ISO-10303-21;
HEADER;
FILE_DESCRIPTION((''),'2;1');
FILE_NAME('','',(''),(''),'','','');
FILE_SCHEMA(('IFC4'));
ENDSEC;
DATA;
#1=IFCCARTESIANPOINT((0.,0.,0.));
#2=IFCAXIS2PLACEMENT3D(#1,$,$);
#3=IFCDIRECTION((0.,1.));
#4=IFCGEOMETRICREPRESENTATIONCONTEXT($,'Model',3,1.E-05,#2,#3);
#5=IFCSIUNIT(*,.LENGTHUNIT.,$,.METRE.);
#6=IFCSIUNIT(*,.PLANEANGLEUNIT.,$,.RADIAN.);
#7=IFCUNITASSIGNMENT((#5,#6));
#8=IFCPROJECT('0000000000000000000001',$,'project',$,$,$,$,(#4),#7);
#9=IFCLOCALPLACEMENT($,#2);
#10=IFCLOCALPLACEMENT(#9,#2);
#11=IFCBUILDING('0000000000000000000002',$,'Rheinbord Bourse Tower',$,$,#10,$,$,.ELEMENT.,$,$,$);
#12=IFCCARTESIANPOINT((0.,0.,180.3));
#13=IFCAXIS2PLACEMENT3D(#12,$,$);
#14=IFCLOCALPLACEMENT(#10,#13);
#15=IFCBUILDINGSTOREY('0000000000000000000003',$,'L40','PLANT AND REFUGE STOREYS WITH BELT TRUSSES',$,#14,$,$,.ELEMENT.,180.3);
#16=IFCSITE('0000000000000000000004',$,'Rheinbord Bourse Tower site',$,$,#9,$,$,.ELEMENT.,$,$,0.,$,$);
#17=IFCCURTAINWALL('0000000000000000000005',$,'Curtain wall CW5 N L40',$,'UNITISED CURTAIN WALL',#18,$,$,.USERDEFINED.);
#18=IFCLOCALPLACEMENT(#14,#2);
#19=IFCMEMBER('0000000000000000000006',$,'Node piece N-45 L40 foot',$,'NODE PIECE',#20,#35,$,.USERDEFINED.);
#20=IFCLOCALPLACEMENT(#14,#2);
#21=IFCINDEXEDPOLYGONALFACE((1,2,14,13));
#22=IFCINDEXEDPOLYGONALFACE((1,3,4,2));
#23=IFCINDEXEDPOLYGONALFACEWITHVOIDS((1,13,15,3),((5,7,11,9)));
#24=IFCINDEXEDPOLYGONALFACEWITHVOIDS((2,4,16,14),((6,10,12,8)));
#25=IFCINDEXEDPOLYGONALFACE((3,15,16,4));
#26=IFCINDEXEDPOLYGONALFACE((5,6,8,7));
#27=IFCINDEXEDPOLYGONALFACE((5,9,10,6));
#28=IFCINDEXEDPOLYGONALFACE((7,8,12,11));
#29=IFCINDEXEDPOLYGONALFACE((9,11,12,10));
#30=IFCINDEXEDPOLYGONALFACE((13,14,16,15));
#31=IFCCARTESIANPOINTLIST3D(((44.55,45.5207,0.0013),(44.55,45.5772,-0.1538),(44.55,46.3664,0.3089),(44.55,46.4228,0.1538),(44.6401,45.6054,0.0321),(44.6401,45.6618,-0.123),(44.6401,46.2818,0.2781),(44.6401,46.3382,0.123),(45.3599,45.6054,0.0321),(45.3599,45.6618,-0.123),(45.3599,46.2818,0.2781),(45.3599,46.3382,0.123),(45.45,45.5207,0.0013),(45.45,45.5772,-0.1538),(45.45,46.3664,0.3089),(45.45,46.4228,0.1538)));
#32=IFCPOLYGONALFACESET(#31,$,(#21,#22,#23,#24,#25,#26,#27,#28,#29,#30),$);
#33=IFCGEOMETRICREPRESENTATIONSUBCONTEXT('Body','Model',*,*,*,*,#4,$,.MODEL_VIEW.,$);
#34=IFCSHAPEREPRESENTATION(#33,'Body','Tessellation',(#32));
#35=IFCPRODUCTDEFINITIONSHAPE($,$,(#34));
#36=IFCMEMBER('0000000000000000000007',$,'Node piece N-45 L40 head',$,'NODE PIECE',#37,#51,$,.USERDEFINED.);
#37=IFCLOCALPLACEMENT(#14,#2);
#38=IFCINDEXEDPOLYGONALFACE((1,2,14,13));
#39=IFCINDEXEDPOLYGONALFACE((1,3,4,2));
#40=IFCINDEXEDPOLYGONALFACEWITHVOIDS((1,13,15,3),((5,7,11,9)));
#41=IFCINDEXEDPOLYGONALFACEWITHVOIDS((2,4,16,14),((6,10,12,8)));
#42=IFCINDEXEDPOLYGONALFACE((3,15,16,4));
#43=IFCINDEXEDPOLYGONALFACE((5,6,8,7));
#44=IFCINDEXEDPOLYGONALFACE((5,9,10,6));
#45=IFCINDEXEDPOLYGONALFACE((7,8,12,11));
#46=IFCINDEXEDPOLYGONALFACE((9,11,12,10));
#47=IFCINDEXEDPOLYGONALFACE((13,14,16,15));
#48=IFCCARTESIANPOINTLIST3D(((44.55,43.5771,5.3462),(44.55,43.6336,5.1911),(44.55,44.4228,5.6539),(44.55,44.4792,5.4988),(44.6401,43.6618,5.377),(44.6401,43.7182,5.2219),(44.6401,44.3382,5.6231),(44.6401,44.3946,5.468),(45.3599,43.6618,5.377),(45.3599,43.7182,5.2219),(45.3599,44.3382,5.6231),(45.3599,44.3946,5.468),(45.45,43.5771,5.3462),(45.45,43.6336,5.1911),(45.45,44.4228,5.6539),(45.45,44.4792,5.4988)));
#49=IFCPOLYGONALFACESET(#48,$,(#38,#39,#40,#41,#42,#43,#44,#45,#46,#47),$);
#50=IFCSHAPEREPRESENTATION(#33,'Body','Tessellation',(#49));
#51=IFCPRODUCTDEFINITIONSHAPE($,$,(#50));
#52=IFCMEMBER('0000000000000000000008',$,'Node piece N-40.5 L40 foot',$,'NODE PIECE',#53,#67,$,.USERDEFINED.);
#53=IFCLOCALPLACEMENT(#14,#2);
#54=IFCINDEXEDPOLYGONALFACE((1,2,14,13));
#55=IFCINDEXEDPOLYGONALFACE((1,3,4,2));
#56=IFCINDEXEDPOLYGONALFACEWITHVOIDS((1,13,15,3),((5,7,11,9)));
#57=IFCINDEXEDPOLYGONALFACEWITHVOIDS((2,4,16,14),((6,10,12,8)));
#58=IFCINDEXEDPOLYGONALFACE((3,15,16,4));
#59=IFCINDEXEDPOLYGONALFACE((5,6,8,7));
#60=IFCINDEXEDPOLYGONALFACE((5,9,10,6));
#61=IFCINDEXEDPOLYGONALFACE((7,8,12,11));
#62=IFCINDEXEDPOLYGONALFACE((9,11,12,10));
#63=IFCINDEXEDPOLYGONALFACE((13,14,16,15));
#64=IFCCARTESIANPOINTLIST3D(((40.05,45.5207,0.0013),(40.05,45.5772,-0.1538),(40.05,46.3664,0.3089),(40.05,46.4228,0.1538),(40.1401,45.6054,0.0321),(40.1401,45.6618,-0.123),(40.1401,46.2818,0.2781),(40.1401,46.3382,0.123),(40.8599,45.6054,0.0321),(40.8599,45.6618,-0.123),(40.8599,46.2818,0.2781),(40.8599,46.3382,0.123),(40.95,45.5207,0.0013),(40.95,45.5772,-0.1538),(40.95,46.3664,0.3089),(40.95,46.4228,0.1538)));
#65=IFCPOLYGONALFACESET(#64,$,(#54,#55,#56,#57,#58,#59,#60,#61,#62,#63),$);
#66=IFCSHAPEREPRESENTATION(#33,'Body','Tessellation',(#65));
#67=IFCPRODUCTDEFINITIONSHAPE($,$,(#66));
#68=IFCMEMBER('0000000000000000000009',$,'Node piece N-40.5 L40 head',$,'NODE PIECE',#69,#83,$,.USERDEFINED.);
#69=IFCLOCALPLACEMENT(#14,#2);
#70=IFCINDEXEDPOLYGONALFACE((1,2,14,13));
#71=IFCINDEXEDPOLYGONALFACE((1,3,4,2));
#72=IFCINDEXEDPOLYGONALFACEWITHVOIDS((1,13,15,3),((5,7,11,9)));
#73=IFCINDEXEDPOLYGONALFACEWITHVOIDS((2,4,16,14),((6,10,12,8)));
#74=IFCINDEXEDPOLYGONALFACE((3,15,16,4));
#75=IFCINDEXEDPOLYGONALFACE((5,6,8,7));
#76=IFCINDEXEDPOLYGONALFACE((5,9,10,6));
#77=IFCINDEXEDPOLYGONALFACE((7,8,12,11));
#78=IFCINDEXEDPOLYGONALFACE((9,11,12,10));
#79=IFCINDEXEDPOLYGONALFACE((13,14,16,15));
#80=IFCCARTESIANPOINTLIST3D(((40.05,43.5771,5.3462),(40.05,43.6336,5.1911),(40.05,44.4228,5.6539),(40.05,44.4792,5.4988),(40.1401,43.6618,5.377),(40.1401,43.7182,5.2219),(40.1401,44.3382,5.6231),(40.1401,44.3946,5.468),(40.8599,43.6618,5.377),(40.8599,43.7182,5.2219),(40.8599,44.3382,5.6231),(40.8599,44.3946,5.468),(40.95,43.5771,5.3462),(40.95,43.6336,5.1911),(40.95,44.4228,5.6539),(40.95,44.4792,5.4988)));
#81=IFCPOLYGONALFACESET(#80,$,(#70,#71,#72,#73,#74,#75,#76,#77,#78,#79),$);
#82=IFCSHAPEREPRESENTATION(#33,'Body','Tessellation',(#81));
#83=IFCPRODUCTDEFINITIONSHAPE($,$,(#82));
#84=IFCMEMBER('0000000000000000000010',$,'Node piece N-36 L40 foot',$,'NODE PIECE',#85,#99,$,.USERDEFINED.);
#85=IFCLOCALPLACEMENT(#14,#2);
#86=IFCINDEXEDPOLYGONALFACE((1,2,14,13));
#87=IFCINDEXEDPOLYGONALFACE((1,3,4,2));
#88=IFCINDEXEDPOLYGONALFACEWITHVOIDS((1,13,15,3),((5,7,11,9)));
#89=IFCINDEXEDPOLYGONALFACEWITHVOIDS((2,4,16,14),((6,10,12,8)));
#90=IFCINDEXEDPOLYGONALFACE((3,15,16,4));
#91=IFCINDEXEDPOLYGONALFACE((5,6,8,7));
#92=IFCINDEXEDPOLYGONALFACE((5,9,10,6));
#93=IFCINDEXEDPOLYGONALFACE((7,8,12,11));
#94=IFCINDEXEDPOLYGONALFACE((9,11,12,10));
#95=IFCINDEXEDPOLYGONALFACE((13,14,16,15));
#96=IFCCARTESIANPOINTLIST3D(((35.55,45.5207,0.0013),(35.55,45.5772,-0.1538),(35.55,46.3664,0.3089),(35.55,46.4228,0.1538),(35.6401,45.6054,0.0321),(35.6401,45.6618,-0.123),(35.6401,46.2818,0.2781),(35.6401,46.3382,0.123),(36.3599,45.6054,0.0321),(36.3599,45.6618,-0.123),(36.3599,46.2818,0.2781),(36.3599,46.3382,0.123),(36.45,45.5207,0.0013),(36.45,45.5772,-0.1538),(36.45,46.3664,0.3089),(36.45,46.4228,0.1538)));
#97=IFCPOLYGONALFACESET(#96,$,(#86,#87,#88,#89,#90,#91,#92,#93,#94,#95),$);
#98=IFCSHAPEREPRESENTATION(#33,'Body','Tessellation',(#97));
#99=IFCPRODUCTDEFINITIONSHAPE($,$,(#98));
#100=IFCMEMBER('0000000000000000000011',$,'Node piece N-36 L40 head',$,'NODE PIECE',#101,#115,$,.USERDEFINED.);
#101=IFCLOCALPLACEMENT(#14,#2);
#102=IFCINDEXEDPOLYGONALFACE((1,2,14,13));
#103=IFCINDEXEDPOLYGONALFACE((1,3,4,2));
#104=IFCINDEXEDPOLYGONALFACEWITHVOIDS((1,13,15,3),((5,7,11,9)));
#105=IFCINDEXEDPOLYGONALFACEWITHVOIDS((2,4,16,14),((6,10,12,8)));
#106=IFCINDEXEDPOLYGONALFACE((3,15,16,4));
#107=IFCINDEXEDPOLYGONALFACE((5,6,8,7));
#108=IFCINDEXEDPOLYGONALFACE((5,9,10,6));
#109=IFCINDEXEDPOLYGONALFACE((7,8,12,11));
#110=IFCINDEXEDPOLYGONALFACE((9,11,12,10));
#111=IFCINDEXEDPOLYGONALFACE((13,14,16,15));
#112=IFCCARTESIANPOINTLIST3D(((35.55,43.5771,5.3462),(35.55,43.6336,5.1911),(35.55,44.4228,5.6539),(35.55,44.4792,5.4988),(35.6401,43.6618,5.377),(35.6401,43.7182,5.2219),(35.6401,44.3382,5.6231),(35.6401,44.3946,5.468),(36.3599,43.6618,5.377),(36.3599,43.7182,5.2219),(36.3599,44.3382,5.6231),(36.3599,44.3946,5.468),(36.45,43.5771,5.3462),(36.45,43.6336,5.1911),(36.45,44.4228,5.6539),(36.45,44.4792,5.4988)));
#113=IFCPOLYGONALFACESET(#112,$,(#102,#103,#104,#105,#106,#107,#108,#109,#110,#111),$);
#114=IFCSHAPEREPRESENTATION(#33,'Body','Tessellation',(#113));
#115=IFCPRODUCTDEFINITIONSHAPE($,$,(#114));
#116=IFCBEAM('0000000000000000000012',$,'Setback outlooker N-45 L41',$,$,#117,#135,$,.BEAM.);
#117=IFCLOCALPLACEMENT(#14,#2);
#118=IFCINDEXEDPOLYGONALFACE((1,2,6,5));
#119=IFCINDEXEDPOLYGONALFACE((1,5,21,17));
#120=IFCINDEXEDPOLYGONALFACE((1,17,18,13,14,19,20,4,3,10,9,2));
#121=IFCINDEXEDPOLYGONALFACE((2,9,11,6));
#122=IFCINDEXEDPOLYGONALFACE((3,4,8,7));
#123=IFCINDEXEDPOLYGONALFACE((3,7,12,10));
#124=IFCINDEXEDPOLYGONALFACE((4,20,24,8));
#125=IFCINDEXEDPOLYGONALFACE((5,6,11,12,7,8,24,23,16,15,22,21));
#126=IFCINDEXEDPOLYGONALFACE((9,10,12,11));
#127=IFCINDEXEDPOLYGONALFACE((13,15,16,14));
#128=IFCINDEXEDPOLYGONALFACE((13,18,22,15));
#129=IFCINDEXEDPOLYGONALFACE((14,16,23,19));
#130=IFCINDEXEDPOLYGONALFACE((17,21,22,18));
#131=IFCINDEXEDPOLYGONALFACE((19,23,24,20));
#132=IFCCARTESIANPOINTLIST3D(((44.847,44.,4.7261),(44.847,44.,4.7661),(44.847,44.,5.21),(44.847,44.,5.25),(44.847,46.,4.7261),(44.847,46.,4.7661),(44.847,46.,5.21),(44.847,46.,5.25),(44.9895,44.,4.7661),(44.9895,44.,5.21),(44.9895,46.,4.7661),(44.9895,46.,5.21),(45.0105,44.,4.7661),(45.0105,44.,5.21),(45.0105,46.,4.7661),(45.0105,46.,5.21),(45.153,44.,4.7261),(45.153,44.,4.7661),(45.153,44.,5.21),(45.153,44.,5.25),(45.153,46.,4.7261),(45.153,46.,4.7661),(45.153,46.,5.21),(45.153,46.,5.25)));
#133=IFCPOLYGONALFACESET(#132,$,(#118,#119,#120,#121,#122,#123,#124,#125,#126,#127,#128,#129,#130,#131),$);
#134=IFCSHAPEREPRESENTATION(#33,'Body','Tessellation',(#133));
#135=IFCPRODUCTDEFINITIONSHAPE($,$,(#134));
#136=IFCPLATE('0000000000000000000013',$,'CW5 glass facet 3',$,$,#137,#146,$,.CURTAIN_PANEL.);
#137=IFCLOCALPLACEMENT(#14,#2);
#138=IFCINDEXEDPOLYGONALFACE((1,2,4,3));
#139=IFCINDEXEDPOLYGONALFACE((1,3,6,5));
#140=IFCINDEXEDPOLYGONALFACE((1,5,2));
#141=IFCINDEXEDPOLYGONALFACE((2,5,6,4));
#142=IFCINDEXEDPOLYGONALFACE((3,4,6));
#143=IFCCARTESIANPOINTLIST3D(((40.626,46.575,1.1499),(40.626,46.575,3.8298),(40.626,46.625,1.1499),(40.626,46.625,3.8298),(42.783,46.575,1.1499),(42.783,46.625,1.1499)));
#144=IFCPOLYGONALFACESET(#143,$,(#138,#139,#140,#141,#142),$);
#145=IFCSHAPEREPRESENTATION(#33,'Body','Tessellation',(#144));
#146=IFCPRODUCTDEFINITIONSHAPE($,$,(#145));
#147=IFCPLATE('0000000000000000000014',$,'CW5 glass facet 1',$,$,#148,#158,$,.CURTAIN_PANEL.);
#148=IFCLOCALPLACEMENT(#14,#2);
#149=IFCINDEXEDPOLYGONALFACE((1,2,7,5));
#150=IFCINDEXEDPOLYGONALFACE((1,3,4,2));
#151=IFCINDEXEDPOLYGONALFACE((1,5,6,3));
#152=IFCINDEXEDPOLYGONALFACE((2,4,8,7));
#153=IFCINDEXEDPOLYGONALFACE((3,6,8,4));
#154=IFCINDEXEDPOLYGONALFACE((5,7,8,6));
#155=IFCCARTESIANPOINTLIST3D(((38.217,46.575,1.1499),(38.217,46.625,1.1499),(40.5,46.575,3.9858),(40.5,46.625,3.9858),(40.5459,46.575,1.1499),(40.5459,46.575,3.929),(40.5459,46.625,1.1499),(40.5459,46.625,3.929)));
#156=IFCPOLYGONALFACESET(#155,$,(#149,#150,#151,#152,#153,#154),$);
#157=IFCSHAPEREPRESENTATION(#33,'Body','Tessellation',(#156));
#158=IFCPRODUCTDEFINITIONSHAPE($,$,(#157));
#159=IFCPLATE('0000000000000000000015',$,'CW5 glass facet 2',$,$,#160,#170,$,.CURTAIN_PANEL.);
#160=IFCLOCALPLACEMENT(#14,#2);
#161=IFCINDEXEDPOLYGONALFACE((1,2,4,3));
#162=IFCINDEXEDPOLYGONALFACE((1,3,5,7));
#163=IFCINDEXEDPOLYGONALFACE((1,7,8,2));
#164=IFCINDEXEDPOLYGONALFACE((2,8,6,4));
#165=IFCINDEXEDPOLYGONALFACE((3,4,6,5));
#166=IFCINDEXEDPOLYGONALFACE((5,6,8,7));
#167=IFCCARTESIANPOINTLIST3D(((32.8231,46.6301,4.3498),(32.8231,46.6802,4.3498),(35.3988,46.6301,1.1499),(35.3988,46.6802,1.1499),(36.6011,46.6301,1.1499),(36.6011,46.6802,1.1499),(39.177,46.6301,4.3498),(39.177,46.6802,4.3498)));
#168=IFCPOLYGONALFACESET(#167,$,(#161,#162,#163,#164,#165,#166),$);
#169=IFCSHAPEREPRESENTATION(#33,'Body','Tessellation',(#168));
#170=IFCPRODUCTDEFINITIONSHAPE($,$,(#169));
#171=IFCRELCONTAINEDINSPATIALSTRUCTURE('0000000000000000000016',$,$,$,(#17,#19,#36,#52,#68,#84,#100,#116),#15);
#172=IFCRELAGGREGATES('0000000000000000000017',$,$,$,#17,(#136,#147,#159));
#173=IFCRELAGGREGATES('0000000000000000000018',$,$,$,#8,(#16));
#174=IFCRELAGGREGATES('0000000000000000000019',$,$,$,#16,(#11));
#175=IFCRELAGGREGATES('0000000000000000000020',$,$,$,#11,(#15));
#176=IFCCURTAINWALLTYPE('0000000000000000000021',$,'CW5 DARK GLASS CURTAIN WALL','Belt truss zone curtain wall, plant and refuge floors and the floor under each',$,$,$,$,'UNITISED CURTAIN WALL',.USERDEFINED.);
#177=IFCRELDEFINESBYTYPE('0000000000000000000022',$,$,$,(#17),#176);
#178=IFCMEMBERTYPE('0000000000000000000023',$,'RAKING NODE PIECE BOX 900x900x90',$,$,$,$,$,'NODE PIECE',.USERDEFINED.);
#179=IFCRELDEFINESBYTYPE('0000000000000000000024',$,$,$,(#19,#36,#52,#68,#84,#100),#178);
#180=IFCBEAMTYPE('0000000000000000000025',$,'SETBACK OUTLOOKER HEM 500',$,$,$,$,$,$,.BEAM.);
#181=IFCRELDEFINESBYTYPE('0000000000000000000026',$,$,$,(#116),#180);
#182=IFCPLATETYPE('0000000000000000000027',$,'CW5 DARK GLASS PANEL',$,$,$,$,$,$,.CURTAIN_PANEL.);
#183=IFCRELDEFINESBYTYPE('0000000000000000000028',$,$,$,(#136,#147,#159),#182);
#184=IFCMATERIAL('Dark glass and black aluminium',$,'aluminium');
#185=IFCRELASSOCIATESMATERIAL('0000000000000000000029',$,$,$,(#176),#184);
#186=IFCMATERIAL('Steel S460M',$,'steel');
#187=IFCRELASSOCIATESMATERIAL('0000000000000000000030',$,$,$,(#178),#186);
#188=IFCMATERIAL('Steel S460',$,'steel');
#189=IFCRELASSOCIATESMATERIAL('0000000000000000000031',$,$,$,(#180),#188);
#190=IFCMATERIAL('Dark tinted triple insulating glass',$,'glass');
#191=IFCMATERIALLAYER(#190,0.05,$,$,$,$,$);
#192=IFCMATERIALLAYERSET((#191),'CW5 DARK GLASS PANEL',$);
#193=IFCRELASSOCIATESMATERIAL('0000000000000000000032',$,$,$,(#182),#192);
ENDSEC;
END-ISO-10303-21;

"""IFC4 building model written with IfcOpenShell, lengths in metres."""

from ifc_helpers import new_model, si_unit, direction, frame, origin, origin_2d, place, context, subcontext, project, spatial, polyline, hollow_rectangle, i_section, outline, extrude, material, layer, layer_set, material_profile, profile_set, type_object, element, aggregate, save


model = new_model("IFC4")

# Units and contexts
model_context = context("Model", 3, precision=1e-05, world=origin(), true_north=direction((0.0, 1.0)))
body_context = subcontext(model_context, "Body", "Model", "MODEL_VIEW")
ifc_project = project(units=[si_unit("LENGTHUNIT", "METRE"), si_unit("PLANEANGLEUNIT", "RADIAN")], contexts=[model_context])

# Site, building, storey
site_placement = place(None, origin())
site = spatial("IfcSite", under=ifc_project, at=site_placement, Name="Rheinbord Bourse Tower site", CompositionType="ELEMENT", RefElevation=0.0)
building_placement = place(site_placement, origin())
building = spatial("IfcBuilding", under=site, at=building_placement, Name="Rheinbord Bourse Tower", CompositionType="ELEMENT")
storey_placement = place(building_placement, frame((0.0, 0.0, 180.3)))
storey = spatial("IfcBuildingStorey", under=building, at=storey_placement, Name="L40", Description="PLANT AND REFUGE STOREYS WITH BELT TRUSSES", CompositionType="ELEMENT", Elevation=180.3)

# Curtain wall
ifc_material_1 = material(Name="Dark glass and black aluminium", Category="aluminium")
curtain_wall_type = type_object("IfcCurtainWallType", Name="CW5 DARK GLASS CURTAIN WALL", Description="Belt truss zone curtain wall, plant and refuge floors and the floor under each", ElementType="UNITISED CURTAIN WALL", PredefinedType="USERDEFINED", material=ifc_material_1)
curtain_wall_placement = place(storey_placement, origin())
curtain_wall = element("IfcCurtainWall", 1, at=curtain_wall_placement, inside=storey, type_object=curtain_wall_type, Name="Curtain wall CW5 N L40", ObjectType="UNITISED CURTAIN WALL", PredefinedType="USERDEFINED")

# Members
ifc_material_2 = material(Name="Steel S460M", Category="steel")
ifc_material_profile_1 = material_profile(ifc_material_2, hollow_rectangle(XDim=0.8999, YDim=0.8999, WallThickness=0.0901, at=origin_2d()), Name="BOX 900x900x90")
ifc_profile_set_1 = profile_set([ifc_material_profile_1], Name="Steel S460M")
member_type_1 = type_object("IfcMemberType", Name="RAKING NODE PIECE BOX 900x900x90", ElementType="NODE PIECE", PredefinedType="USERDEFINED", material=ifc_profile_set_1)
for number, where, z_axis, x_axis, name in (
    (2, (45.0, 46.0, 0.0), (0.0, -0.341862, 0.93975), (0.0, 0.93975, 0.341862), "Node piece N-45 L40 foot"),
    (3, (45.0, 44.0564, 5.345), (0.0, -0.341862, 0.93975), (0.0, 0.93975, 0.341862), "Node piece N-45 L40 head"),
    (4, (40.5, 46.0, 0.0), (0.0, -0.341862, 0.93975), (0.0, 0.93975, 0.341862), "Node piece N-40.5 L40 foot"),
    (5, (40.5, 44.0564, 5.345), (0.0, -0.341862, 0.93975), (0.0, 0.93975, 0.341862), "Node piece N-40.5 L40 head"),
    (6, (36.0, 46.0, 0.0), (0.0, -0.341862, 0.93975), (0.0, 0.93975, 0.341862), "Node piece N-36 L40 foot"),
    (7, (36.0, 44.0564, 5.345), (0.0, -0.341862, 0.93975), (0.0, 0.93975, 0.341862), "Node piece N-36 L40 head"),
):
    element("IfcMember", number, at=place(storey_placement, frame(where, z_axis=z_axis, x_axis=x_axis)), inside=storey, type_object=member_type_1, Name=name, ObjectType="NODE PIECE", PredefinedType="USERDEFINED", context=body_context, shape_type="SweptSolid", body=[
        extrude(hollow_rectangle(XDim=0.8999, YDim=0.8999, WallThickness=0.0901, at=origin_2d()), origin(), (0.0, 0.0, 1.0), 0.165),
    ])

# Beam
ifc_material_3 = material(Name="Steel S460", Category="steel")
ifc_material_profile_2 = material_profile(ifc_material_3, i_section(OverallWidth=0.3059, OverallDepth=0.5239, WebThickness=0.021, FlangeThickness=0.04, at=origin_2d()), Name="HEM 500")
ifc_profile_set_2 = profile_set([ifc_material_profile_2], Name="Steel S460")
beam_type = type_object("IfcBeamType", Name="SETBACK OUTLOOKER HEM 500", PredefinedType="BEAM", material=ifc_profile_set_2)
beam_placement = place(storey_placement, frame((45.0, 44.0, 4.988), z_axis=(0.0, 1.0, 0.0), x_axis=(-1.0, 0.0, 0.0)))
element("IfcBeam", 8, at=beam_placement, inside=storey, type_object=beam_type, Name="Setback outlooker N-45 L41", PredefinedType="BEAM", context=body_context, shape_type="SweptSolid", body=[
    extrude(i_section(OverallWidth=0.3059, OverallDepth=0.5239, WebThickness=0.021, FlangeThickness=0.04, at=origin_2d()), origin(), (0.0, 0.0, 1.0), 2.0),
])

# Plates
ifc_material_4 = material(Name="Dark tinted triple insulating glass", Category="glass")
ifc_layer = layer(ifc_material_4, 0.05)
ifc_layer_set = layer_set([ifc_layer], Name="CW5 DARK GLASS PANEL")
plate_type = type_object("IfcPlateType", Name="CW5 DARK GLASS PANEL", PredefinedType="CURTAIN_PANEL", material=ifc_layer_set)
plate_1_placement = place(storey_placement, frame((40.626, 46.625, 1.1499), z_axis=(0.0, -1.0, 0.0), x_axis=(1.0, 0.0, 0.0)))
plate_1 = element("IfcPlate", 9, at=plate_1_placement, type_object=plate_type, Name="CW5 glass facet 3", PredefinedType="CURTAIN_PANEL", context=body_context, shape_type="SweptSolid", body=[
    extrude(outline(polyline([(0.0, 0.0), (2.157, 0.0), (0.0, 2.6799), (0.0, 0.0)])), origin(), (0.0, 0.0, 1.0), 0.05),
])
plate_2_placement = place(storey_placement, frame((40.5459, 46.625, 1.1499), z_axis=(0.0, -1.0, 0.0), x_axis=(0.0, 0.0, 1.0)))
plate_2 = element("IfcPlate", 10, at=plate_2_placement, type_object=plate_type, Name="CW5 glass facet 1", PredefinedType="CURTAIN_PANEL", context=body_context, shape_type="SweptSolid", body=[
    extrude(outline(polyline([(0.0, 0.0), (2.7791, 0.0), (2.8359, 0.0459), (0.0, 2.3289), (0.0, 0.0)])), origin(), (0.0, 0.0, 1.0), 0.05),
])
plate_3_placement = place(storey_placement, frame((36.6011, 46.6802, 1.1499), z_axis=(0.0, -1.0, 0.0), x_axis=(0.627062, 0.0, 0.778969)))
plate_3 = element("IfcPlate", 11, at=plate_3_placement, type_object=plate_type, Name="CW5 glass facet 2", PredefinedType="CURTAIN_PANEL", context=body_context, shape_type="SweptSolid", body=[
    extrude(outline(polyline([(0.0, 0.0), (4.1079, 0.0), (0.1235, 4.9495), (-0.7539, 0.9365), (0.0, 0.0)])), origin(), (0.0, 0.0, 1.0), 0.05),
])
aggregate(curtain_wall, [plate_1, plate_2, plate_3])

save(model, "model.ifc")
